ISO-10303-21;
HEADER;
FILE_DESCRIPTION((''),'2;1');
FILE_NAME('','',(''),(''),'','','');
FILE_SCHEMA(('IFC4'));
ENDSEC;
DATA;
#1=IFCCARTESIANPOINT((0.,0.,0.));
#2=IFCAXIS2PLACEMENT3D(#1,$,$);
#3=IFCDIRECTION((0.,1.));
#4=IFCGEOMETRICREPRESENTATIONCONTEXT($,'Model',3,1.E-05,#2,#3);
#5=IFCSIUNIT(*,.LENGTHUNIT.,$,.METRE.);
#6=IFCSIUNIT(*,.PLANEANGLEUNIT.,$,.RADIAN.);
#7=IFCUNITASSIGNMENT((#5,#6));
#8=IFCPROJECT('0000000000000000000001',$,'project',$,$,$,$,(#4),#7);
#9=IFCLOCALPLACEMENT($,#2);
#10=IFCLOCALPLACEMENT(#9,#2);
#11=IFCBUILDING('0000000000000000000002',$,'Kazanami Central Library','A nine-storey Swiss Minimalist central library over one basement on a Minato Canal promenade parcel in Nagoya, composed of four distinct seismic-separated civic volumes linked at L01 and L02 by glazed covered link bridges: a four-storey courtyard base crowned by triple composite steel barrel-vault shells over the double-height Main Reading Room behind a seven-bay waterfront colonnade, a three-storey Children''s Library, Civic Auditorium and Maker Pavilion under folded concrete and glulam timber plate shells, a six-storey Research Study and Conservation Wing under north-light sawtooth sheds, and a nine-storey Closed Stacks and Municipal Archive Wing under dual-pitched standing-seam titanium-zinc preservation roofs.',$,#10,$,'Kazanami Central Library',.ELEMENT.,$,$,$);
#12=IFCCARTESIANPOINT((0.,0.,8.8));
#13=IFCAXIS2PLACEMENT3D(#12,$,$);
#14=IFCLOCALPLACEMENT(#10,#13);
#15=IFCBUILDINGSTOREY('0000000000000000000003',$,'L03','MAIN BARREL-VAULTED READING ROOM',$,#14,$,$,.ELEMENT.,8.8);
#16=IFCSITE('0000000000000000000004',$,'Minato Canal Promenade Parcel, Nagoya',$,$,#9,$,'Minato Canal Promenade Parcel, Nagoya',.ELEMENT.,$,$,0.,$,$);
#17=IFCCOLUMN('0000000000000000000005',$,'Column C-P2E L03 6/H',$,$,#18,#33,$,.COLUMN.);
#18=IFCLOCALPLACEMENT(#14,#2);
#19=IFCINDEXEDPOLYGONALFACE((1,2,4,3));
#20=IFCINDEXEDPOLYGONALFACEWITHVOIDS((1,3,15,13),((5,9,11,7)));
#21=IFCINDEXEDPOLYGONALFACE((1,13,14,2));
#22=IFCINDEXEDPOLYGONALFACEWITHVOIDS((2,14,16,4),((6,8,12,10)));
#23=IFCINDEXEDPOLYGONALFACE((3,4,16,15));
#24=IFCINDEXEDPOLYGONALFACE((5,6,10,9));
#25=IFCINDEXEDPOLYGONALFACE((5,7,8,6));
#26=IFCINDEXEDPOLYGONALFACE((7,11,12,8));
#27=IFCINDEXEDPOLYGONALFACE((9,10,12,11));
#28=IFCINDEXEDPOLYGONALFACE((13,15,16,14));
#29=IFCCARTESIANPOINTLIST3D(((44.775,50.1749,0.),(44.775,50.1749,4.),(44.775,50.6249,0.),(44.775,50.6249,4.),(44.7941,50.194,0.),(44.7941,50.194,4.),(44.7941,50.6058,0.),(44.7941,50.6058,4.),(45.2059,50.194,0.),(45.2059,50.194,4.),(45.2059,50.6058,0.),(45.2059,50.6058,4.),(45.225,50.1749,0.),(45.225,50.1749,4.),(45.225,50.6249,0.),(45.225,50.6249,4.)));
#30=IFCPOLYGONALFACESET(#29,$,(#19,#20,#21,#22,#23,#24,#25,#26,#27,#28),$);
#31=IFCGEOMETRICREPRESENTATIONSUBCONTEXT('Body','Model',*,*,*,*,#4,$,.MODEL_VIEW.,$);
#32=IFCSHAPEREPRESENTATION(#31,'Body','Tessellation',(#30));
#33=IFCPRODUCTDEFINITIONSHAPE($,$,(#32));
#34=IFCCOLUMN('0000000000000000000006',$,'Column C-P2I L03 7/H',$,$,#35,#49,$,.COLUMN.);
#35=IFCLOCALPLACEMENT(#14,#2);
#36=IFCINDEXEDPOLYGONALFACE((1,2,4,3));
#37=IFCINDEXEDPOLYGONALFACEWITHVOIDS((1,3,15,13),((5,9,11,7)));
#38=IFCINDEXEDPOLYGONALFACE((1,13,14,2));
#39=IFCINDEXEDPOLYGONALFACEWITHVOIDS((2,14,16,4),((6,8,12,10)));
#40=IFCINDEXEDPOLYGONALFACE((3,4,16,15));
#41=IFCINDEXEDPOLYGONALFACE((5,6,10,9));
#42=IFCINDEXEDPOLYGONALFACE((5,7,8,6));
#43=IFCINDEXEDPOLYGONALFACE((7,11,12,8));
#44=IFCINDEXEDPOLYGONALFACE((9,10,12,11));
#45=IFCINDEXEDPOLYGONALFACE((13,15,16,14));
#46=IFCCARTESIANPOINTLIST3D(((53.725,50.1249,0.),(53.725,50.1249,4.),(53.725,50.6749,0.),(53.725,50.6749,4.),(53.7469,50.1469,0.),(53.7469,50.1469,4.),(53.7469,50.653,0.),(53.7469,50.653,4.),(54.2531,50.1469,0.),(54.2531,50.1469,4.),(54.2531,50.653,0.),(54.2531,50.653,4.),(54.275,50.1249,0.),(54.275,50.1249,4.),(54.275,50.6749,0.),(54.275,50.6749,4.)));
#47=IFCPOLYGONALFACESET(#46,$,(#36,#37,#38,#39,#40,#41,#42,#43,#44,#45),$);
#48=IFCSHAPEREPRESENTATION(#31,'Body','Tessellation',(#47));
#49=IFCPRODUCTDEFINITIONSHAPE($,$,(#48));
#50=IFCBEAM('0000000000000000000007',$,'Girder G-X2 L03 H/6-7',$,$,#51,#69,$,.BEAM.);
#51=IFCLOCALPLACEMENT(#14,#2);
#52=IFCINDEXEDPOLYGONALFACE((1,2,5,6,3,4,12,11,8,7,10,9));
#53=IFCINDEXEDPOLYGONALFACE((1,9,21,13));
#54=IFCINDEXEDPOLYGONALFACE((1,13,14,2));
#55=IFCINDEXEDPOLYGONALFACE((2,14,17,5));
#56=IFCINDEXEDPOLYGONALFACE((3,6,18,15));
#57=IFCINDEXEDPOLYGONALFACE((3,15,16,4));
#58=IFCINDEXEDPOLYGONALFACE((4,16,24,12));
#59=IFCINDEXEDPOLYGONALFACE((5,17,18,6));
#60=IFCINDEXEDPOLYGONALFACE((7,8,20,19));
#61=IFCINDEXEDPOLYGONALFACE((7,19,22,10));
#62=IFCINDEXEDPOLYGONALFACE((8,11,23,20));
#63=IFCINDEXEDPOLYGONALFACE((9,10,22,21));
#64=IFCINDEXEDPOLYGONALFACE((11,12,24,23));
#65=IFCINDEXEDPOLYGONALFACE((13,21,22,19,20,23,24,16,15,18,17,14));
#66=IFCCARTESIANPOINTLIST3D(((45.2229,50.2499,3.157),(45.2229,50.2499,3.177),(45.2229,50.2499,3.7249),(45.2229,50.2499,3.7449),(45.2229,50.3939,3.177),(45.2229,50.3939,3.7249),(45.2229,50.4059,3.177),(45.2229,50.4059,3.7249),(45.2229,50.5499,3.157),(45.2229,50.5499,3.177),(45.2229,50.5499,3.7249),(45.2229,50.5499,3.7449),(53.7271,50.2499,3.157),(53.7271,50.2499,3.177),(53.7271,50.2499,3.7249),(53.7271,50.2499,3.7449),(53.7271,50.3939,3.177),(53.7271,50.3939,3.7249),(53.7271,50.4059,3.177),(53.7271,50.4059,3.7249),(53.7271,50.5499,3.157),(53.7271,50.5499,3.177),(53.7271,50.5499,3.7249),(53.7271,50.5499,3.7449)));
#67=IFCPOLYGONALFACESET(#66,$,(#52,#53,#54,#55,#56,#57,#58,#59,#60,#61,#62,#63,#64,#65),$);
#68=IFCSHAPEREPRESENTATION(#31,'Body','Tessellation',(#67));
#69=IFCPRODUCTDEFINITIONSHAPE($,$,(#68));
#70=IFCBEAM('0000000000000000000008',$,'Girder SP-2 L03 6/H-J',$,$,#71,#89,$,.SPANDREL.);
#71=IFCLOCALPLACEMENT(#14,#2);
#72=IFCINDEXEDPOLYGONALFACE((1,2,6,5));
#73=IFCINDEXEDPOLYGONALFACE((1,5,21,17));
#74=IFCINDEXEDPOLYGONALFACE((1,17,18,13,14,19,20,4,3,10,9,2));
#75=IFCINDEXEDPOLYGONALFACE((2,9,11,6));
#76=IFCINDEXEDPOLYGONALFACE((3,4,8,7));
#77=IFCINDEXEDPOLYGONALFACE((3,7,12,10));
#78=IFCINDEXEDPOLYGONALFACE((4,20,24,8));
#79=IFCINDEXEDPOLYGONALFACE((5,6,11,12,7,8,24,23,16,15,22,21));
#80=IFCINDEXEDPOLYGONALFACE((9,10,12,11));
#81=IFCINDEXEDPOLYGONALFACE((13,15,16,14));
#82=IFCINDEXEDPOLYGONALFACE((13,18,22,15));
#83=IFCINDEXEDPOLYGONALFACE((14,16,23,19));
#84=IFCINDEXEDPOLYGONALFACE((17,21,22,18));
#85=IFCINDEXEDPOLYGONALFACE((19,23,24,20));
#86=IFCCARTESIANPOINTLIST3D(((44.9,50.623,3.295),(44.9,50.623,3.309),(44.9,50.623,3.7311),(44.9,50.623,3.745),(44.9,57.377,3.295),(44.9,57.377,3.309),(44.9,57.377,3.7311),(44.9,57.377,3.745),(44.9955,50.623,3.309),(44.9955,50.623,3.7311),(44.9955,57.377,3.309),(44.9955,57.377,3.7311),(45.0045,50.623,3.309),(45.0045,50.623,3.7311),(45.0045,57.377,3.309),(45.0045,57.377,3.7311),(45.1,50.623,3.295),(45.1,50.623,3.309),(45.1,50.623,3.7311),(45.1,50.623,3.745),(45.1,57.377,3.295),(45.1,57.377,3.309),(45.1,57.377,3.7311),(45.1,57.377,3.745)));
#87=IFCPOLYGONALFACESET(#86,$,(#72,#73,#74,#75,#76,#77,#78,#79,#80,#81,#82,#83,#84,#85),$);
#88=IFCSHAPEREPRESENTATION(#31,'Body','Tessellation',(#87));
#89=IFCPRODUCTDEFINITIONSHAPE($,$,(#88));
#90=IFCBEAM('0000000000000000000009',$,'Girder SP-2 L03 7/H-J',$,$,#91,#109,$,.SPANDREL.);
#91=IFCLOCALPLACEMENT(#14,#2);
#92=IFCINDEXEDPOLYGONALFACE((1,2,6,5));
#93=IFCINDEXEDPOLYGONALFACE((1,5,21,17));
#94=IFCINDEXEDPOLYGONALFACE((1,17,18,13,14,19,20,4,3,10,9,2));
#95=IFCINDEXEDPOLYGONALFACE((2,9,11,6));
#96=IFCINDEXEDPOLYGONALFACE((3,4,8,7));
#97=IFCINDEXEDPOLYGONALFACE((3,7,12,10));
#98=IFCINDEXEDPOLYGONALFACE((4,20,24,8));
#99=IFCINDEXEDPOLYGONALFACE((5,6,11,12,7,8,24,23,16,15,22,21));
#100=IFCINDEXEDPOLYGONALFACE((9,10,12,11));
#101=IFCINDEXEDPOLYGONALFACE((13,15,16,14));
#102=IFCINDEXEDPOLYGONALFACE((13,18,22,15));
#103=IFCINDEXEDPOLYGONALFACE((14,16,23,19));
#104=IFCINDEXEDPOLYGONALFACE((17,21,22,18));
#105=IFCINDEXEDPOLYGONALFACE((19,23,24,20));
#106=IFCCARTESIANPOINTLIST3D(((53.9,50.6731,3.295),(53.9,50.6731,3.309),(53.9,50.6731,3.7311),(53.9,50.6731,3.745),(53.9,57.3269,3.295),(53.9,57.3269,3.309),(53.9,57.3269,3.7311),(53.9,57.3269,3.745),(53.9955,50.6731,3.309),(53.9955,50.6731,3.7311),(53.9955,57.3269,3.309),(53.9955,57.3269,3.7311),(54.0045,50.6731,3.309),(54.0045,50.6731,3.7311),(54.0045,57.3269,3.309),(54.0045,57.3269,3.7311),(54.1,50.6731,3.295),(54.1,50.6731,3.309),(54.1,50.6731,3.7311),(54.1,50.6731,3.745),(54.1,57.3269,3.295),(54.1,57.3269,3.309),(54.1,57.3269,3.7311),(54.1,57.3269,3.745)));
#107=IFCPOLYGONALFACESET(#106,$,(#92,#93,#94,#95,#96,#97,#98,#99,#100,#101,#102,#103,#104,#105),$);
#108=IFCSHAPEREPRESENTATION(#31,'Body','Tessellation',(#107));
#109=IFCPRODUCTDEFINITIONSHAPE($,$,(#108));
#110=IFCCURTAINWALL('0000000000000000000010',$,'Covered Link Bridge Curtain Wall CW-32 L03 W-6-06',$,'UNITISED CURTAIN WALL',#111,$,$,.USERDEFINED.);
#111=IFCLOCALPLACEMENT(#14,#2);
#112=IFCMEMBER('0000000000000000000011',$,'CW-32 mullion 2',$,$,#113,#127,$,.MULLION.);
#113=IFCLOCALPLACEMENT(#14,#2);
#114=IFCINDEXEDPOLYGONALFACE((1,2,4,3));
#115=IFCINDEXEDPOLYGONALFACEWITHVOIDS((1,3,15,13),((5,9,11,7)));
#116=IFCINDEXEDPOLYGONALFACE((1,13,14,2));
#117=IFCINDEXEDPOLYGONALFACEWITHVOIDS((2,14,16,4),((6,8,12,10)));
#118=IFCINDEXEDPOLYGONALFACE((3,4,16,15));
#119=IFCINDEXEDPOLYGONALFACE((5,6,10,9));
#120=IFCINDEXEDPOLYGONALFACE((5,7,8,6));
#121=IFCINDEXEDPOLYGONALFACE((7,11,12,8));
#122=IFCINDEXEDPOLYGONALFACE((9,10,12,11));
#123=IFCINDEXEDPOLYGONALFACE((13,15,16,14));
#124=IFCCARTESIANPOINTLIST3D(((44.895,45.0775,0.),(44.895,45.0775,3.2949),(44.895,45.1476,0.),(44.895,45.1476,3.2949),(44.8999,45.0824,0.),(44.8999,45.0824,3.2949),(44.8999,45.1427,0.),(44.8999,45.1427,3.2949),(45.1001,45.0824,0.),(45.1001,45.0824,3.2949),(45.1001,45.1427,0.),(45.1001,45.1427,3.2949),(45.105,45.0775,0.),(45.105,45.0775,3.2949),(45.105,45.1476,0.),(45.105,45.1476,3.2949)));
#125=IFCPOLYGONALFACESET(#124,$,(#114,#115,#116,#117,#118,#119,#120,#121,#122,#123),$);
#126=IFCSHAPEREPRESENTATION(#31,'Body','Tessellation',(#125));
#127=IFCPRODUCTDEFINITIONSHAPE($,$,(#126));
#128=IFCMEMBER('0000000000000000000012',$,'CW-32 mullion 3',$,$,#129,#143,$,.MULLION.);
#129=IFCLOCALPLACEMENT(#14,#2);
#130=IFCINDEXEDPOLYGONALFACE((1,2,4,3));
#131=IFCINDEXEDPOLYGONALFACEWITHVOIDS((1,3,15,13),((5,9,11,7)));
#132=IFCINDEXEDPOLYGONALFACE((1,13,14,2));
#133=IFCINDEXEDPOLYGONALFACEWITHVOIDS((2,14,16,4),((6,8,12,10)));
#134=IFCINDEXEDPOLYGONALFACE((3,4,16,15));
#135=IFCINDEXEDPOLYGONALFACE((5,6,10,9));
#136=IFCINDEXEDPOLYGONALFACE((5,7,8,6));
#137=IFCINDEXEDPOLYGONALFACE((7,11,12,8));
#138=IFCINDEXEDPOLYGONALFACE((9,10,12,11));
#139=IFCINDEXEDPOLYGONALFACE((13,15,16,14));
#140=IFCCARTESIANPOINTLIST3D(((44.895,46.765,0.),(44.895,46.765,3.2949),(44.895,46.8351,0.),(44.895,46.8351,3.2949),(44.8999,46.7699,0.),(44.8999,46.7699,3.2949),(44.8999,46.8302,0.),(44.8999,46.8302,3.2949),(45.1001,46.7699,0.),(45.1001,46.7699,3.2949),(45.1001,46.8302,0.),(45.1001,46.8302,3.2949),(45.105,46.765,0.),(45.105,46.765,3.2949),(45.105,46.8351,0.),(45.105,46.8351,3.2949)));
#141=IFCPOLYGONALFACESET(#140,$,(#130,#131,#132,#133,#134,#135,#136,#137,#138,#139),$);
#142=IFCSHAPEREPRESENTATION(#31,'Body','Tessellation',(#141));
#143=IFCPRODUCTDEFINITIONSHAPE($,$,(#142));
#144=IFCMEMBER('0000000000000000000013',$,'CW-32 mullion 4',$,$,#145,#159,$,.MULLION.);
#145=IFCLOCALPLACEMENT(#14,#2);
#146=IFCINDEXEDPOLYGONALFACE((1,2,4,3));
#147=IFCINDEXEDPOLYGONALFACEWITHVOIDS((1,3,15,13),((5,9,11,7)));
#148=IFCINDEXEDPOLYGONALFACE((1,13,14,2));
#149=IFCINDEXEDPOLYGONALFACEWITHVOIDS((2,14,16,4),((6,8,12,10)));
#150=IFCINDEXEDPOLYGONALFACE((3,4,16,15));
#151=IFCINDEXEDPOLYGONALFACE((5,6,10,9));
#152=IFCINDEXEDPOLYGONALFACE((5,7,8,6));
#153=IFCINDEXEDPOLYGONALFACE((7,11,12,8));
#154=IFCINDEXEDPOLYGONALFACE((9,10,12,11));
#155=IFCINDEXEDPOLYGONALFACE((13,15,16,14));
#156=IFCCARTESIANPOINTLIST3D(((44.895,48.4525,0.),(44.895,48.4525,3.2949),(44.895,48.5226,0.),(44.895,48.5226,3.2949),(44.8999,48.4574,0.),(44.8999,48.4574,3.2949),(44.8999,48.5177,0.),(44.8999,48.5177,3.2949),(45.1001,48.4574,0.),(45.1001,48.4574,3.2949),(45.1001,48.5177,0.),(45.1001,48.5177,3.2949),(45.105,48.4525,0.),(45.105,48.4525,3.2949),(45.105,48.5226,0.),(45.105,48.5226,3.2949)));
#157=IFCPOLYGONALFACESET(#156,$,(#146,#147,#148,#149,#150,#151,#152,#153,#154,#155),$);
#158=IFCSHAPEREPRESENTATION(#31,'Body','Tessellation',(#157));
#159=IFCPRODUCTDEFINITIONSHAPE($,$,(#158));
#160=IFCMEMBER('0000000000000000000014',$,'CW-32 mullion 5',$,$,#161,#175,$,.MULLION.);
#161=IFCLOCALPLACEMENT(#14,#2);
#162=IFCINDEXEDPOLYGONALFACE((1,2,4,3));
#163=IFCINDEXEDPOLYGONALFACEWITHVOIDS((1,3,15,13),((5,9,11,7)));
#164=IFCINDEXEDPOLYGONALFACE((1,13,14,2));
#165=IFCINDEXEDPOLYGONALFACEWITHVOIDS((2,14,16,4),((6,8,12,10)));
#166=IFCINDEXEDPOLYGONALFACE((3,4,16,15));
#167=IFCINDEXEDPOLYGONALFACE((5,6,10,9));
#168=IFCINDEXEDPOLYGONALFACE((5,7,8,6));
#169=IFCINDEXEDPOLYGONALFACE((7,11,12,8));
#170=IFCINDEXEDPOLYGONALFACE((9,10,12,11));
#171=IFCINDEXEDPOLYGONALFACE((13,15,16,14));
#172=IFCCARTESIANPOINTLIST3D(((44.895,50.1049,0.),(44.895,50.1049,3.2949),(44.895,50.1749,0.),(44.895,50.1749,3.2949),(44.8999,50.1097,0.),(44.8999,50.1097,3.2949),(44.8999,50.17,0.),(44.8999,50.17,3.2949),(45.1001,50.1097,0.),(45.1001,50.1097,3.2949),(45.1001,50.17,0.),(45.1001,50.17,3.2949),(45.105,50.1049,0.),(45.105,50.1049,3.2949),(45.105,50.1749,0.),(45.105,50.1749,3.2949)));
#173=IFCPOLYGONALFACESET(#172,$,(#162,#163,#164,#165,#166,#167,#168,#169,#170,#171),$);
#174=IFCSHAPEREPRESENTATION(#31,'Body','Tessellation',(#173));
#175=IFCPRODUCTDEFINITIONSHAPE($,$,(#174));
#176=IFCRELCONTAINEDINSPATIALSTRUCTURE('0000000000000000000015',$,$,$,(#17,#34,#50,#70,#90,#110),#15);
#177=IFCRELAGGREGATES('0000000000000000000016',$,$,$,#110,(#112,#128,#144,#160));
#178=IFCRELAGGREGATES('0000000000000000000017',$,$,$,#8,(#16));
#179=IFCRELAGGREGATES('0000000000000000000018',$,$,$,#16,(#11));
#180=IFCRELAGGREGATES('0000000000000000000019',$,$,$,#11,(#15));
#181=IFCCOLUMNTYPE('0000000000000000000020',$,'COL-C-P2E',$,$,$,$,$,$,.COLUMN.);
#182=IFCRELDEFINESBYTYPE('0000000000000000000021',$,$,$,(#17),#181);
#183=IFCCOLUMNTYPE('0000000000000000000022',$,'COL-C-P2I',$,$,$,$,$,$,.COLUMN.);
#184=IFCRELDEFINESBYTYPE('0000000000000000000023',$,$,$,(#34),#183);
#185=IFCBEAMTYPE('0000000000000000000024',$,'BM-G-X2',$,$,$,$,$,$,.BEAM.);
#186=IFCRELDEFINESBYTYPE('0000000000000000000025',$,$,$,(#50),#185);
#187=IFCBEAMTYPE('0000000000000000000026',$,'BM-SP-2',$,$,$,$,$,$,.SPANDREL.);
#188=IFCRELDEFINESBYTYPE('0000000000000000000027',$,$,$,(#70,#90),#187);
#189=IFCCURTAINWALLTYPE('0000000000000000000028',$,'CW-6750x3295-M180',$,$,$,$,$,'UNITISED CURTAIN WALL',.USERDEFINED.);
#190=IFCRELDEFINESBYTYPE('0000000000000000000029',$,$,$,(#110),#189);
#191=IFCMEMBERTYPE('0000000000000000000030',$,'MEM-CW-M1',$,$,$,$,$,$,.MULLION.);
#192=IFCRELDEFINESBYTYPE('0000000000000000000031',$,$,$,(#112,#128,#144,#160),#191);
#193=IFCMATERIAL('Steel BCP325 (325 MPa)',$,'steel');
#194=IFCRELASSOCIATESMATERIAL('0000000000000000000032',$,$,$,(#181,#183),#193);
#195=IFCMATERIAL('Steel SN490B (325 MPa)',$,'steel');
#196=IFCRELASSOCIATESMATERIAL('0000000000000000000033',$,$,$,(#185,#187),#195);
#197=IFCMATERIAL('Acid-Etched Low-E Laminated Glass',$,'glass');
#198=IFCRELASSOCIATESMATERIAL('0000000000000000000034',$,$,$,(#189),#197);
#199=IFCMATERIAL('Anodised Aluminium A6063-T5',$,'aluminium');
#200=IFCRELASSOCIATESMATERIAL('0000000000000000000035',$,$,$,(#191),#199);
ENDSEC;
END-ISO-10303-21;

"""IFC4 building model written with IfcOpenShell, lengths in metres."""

from ifc_helpers import new_model, si_unit, direction, frame, origin, origin_2d, place, context, subcontext, project, spatial, hollow_rectangle, i_section, extrude, material, material_profile, profile_set, type_object, element, aggregate, save


model = new_model("IFC4")

# Units and contexts
model_context = context("Model", 3, precision=1e-05, world=origin(), true_north=direction((0.0, 1.0)))
body_context = subcontext(model_context, "Body", "Model", "MODEL_VIEW")
ifc_project = project(units=[si_unit("LENGTHUNIT", "METRE"), si_unit("PLANEANGLEUNIT", "RADIAN")], contexts=[model_context])

# Site, building, storey
site_placement = place(None, origin())
site = spatial("IfcSite", under=ifc_project, at=site_placement, Name="Minato Canal Promenade Parcel, Nagoya", LongName="Minato Canal Promenade Parcel, Nagoya", CompositionType="ELEMENT", RefElevation=0.0)
building_placement = place(site_placement, origin())
building = spatial("IfcBuilding", under=site, at=building_placement, Name="Kazanami Central Library", Description="A nine-storey Swiss Minimalist central library over one basement on a Minato Canal promenade parcel in Nagoya, composed of four distinct seismic-separated civic volumes linked at L01 and L02 by glazed covered link bridges: a four-storey courtyard base crowned by triple composite steel barrel-vault shells over the double-height Main Reading Room behind a seven-bay waterfront colonnade, a three-storey Children's Library, Civic Auditorium and Maker Pavilion under folded concrete and glulam timber plate shells, a six-storey Research Study and Conservation Wing under north-light sawtooth sheds, and a nine-storey Closed Stacks and Municipal Archive Wing under dual-pitched standing-seam titanium-zinc preservation roofs.", LongName="Kazanami Central Library", CompositionType="ELEMENT")
storey_placement = place(building_placement, frame((0.0, 0.0, 8.8)))
storey = spatial("IfcBuildingStorey", under=building, at=storey_placement, Name="L03", Description="MAIN BARREL-VAULTED READING ROOM", CompositionType="ELEMENT", Elevation=8.8)

# Columns
ifc_material_1 = material(Name="Steel BCP325 (325 MPa)", Category="steel")
ifc_material_profile_1 = material_profile(ifc_material_1, hollow_rectangle(XDim=0.45, YDim=0.45, WallThickness=0.019, at=origin_2d()), Name="BCP-450x450x19")
ifc_profile_set_1 = profile_set([ifc_material_profile_1], Name="Steel BCP325 (325 MPa)")
column_type_1 = type_object("IfcColumnType", Name="COL-C-P2E", PredefinedType="COLUMN", material=ifc_profile_set_1)
column_1_placement = place(storey_placement, frame((45.0, 50.3999, 0.0), z_axis=(0.0, 0.0, 1.0), x_axis=(1.0, 0.0, 0.0)))
element("IfcColumn", 1, at=column_1_placement, inside=storey, type_object=column_type_1, Name="Column C-P2E L03 6/H", PredefinedType="COLUMN", context=body_context, shape_type="SweptSolid", body=[
    extrude(hollow_rectangle(XDim=0.45, YDim=0.45, WallThickness=0.019, at=origin_2d()), origin(), (0.0, 0.0, 1.0), 4.0),
])
ifc_material_profile_2 = material_profile(ifc_material_1, hollow_rectangle(XDim=0.55, YDim=0.55, WallThickness=0.022, at=origin_2d()), Name="BCP-550x550x22")
ifc_profile_set_2 = profile_set([ifc_material_profile_2], Name="Steel BCP325 (325 MPa)")
column_type_2 = type_object("IfcColumnType", Name="COL-C-P2I", PredefinedType="COLUMN", material=ifc_profile_set_2)
column_2_placement = place(storey_placement, frame((54.0, 50.3999, 0.0), z_axis=(0.0, 0.0, 1.0), x_axis=(1.0, 0.0, 0.0)))
element("IfcColumn", 2, at=column_2_placement, inside=storey, type_object=column_type_2, Name="Column C-P2I L03 7/H", PredefinedType="COLUMN", context=body_context, shape_type="SweptSolid", body=[
    extrude(hollow_rectangle(XDim=0.55, YDim=0.55, WallThickness=0.022, at=origin_2d()), origin(), (0.0, 0.0, 1.0), 4.0),
])

# Beams
ifc_material_2 = material(Name="Steel SN490B (325 MPa)", Category="steel")
ifc_material_profile_3 = material_profile(ifc_material_2, i_section(OverallWidth=0.3, OverallDepth=0.5879, WebThickness=0.012, FlangeThickness=0.02, at=origin_2d()), Name="H-588x300x12x20")
ifc_profile_set_3 = profile_set([ifc_material_profile_3], Name="Steel SN490B (325 MPa)")
beam_type_1 = type_object("IfcBeamType", Name="BM-G-X2", PredefinedType="BEAM", material=ifc_profile_set_3)
beam_1_placement = place(storey_placement, frame((45.2229, 50.3999, 3.4509), z_axis=(1.0, 0.0, 0.0), x_axis=(0.0, 1.0, 0.0)))
element("IfcBeam", 3, at=beam_1_placement, inside=storey, type_object=beam_type_1, Name="Girder G-X2 L03 H/6-7", PredefinedType="BEAM", context=body_context, shape_type="SweptSolid", body=[
    extrude(i_section(OverallWidth=0.3, OverallDepth=0.5879, WebThickness=0.012, FlangeThickness=0.02, at=origin_2d()), origin(), (0.0, 0.0, 1.0), 8.5042),
])
ifc_material_profile_4 = material_profile(ifc_material_2, i_section(OverallWidth=0.2, OverallDepth=0.45, WebThickness=0.009, FlangeThickness=0.0139, at=origin_2d()), Name="H-450x200x9x14")
ifc_profile_set_4 = profile_set([ifc_material_profile_4], Name="Steel SN490B (325 MPa)")
beam_type_2 = type_object("IfcBeamType", Name="BM-SP-2", PredefinedType="SPANDREL", material=ifc_profile_set_4)
beam_2_placement = place(storey_placement, frame((45.0, 50.623, 3.52), z_axis=(0.0, 1.0, 0.0), x_axis=(-1.0, 0.0, 0.0)))
element("IfcBeam", 4, at=beam_2_placement, inside=storey, type_object=beam_type_2, Name="Girder SP-2 L03 6/H-J", PredefinedType="SPANDREL", context=body_context, shape_type="SweptSolid", body=[
    extrude(i_section(OverallWidth=0.2, OverallDepth=0.45, WebThickness=0.009, FlangeThickness=0.0139, at=origin_2d()), origin(), (0.0, 0.0, 1.0), 6.7539),
])
beam_3_placement = place(storey_placement, frame((54.0, 50.6731, 3.52), z_axis=(0.0, 1.0, 0.0), x_axis=(-1.0, 0.0, 0.0)))
element("IfcBeam", 5, at=beam_3_placement, inside=storey, type_object=beam_type_2, Name="Girder SP-2 L03 7/H-J", PredefinedType="SPANDREL", context=body_context, shape_type="SweptSolid", body=[
    extrude(i_section(OverallWidth=0.2, OverallDepth=0.45, WebThickness=0.009, FlangeThickness=0.0139, at=origin_2d()), origin(), (0.0, 0.0, 1.0), 6.6538),
])

# Curtain wall, members
ifc_material_3 = material(Name="Acid-Etched Low-E Laminated Glass", Category="glass")
curtain_wall_type_1 = type_object("IfcCurtainWallType", Name="CW-6750x3295-M180", ElementType="UNITISED CURTAIN WALL", PredefinedType="USERDEFINED", material=ifc_material_3)
curtain_wall_1_placement = place(storey_placement, origin())
curtain_wall_1 = element("IfcCurtainWall", 6, at=curtain_wall_1_placement, inside=storey, type_object=curtain_wall_type_1, Name="Covered Link Bridge Curtain Wall CW-32 L03 W-6-06", ObjectType="UNITISED CURTAIN WALL", PredefinedType="USERDEFINED")
ifc_material_4 = material(Name="Anodised Aluminium A6063-T5", Category="aluminium")
ifc_material_profile_5 = material_profile(ifc_material_4, hollow_rectangle(XDim=0.0701, YDim=0.21, WallThickness=0.0049, at=origin_2d()), Name="ALU-MULL-70x210x5")
ifc_profile_set_5 = profile_set([ifc_material_profile_5], Name="Anodised Aluminium A6063-T5")
member_type_1 = type_object("IfcMemberType", Name="MEM-CW-M1", PredefinedType="MULLION", material=ifc_profile_set_5)
member_1_placement = place(storey_placement, frame((45.0, 45.1125, 0.0), z_axis=(0.0, 0.0, 1.0), x_axis=(0.0, 1.0, 0.0)))
member_1 = element("IfcMember", 7, at=member_1_placement, type_object=member_type_1, Name="CW-32 mullion 2", PredefinedType="MULLION", context=body_context, shape_type="SweptSolid", body=[
    extrude(hollow_rectangle(XDim=0.0701, YDim=0.21, WallThickness=0.0049, at=origin_2d()), origin(), (0.0, 0.0, 1.0), 3.2949),
])
member_2_placement = place(storey_placement, frame((45.0, 46.8, 0.0), z_axis=(0.0, 0.0, 1.0), x_axis=(0.0, 1.0, 0.0)))
member_2 = element("IfcMember", 8, at=member_2_placement, type_object=member_type_1, Name="CW-32 mullion 3", PredefinedType="MULLION", context=body_context, shape_type="SweptSolid", body=[
    extrude(hollow_rectangle(XDim=0.0701, YDim=0.21, WallThickness=0.0049, at=origin_2d()), origin(), (0.0, 0.0, 1.0), 3.2949),
])
member_3_placement = place(storey_placement, frame((45.0, 48.4875, 0.0), z_axis=(0.0, 0.0, 1.0), x_axis=(0.0, 1.0, 0.0)))
member_3 = element("IfcMember", 9, at=member_3_placement, type_object=member_type_1, Name="CW-32 mullion 4", PredefinedType="MULLION", context=body_context, shape_type="SweptSolid", body=[
    extrude(hollow_rectangle(XDim=0.0701, YDim=0.21, WallThickness=0.0049, at=origin_2d()), origin(), (0.0, 0.0, 1.0), 3.2949),
])
member_4_placement = place(storey_placement, frame((45.0, 50.1399, 0.0), z_axis=(0.0, 0.0, 1.0), x_axis=(0.0, 1.0, 0.0)))
member_4 = element("IfcMember", 10, at=member_4_placement, type_object=member_type_1, Name="CW-32 mullion 5", PredefinedType="MULLION", context=body_context, shape_type="SweptSolid", body=[
    extrude(hollow_rectangle(XDim=0.0701, YDim=0.21, WallThickness=0.0049, at=origin_2d()), origin(), (0.0, 0.0, 1.0), 3.2949),
])

aggregate(curtain_wall_1, [member_1, member_2, member_3, member_4])

save(model, "model.ifc")
